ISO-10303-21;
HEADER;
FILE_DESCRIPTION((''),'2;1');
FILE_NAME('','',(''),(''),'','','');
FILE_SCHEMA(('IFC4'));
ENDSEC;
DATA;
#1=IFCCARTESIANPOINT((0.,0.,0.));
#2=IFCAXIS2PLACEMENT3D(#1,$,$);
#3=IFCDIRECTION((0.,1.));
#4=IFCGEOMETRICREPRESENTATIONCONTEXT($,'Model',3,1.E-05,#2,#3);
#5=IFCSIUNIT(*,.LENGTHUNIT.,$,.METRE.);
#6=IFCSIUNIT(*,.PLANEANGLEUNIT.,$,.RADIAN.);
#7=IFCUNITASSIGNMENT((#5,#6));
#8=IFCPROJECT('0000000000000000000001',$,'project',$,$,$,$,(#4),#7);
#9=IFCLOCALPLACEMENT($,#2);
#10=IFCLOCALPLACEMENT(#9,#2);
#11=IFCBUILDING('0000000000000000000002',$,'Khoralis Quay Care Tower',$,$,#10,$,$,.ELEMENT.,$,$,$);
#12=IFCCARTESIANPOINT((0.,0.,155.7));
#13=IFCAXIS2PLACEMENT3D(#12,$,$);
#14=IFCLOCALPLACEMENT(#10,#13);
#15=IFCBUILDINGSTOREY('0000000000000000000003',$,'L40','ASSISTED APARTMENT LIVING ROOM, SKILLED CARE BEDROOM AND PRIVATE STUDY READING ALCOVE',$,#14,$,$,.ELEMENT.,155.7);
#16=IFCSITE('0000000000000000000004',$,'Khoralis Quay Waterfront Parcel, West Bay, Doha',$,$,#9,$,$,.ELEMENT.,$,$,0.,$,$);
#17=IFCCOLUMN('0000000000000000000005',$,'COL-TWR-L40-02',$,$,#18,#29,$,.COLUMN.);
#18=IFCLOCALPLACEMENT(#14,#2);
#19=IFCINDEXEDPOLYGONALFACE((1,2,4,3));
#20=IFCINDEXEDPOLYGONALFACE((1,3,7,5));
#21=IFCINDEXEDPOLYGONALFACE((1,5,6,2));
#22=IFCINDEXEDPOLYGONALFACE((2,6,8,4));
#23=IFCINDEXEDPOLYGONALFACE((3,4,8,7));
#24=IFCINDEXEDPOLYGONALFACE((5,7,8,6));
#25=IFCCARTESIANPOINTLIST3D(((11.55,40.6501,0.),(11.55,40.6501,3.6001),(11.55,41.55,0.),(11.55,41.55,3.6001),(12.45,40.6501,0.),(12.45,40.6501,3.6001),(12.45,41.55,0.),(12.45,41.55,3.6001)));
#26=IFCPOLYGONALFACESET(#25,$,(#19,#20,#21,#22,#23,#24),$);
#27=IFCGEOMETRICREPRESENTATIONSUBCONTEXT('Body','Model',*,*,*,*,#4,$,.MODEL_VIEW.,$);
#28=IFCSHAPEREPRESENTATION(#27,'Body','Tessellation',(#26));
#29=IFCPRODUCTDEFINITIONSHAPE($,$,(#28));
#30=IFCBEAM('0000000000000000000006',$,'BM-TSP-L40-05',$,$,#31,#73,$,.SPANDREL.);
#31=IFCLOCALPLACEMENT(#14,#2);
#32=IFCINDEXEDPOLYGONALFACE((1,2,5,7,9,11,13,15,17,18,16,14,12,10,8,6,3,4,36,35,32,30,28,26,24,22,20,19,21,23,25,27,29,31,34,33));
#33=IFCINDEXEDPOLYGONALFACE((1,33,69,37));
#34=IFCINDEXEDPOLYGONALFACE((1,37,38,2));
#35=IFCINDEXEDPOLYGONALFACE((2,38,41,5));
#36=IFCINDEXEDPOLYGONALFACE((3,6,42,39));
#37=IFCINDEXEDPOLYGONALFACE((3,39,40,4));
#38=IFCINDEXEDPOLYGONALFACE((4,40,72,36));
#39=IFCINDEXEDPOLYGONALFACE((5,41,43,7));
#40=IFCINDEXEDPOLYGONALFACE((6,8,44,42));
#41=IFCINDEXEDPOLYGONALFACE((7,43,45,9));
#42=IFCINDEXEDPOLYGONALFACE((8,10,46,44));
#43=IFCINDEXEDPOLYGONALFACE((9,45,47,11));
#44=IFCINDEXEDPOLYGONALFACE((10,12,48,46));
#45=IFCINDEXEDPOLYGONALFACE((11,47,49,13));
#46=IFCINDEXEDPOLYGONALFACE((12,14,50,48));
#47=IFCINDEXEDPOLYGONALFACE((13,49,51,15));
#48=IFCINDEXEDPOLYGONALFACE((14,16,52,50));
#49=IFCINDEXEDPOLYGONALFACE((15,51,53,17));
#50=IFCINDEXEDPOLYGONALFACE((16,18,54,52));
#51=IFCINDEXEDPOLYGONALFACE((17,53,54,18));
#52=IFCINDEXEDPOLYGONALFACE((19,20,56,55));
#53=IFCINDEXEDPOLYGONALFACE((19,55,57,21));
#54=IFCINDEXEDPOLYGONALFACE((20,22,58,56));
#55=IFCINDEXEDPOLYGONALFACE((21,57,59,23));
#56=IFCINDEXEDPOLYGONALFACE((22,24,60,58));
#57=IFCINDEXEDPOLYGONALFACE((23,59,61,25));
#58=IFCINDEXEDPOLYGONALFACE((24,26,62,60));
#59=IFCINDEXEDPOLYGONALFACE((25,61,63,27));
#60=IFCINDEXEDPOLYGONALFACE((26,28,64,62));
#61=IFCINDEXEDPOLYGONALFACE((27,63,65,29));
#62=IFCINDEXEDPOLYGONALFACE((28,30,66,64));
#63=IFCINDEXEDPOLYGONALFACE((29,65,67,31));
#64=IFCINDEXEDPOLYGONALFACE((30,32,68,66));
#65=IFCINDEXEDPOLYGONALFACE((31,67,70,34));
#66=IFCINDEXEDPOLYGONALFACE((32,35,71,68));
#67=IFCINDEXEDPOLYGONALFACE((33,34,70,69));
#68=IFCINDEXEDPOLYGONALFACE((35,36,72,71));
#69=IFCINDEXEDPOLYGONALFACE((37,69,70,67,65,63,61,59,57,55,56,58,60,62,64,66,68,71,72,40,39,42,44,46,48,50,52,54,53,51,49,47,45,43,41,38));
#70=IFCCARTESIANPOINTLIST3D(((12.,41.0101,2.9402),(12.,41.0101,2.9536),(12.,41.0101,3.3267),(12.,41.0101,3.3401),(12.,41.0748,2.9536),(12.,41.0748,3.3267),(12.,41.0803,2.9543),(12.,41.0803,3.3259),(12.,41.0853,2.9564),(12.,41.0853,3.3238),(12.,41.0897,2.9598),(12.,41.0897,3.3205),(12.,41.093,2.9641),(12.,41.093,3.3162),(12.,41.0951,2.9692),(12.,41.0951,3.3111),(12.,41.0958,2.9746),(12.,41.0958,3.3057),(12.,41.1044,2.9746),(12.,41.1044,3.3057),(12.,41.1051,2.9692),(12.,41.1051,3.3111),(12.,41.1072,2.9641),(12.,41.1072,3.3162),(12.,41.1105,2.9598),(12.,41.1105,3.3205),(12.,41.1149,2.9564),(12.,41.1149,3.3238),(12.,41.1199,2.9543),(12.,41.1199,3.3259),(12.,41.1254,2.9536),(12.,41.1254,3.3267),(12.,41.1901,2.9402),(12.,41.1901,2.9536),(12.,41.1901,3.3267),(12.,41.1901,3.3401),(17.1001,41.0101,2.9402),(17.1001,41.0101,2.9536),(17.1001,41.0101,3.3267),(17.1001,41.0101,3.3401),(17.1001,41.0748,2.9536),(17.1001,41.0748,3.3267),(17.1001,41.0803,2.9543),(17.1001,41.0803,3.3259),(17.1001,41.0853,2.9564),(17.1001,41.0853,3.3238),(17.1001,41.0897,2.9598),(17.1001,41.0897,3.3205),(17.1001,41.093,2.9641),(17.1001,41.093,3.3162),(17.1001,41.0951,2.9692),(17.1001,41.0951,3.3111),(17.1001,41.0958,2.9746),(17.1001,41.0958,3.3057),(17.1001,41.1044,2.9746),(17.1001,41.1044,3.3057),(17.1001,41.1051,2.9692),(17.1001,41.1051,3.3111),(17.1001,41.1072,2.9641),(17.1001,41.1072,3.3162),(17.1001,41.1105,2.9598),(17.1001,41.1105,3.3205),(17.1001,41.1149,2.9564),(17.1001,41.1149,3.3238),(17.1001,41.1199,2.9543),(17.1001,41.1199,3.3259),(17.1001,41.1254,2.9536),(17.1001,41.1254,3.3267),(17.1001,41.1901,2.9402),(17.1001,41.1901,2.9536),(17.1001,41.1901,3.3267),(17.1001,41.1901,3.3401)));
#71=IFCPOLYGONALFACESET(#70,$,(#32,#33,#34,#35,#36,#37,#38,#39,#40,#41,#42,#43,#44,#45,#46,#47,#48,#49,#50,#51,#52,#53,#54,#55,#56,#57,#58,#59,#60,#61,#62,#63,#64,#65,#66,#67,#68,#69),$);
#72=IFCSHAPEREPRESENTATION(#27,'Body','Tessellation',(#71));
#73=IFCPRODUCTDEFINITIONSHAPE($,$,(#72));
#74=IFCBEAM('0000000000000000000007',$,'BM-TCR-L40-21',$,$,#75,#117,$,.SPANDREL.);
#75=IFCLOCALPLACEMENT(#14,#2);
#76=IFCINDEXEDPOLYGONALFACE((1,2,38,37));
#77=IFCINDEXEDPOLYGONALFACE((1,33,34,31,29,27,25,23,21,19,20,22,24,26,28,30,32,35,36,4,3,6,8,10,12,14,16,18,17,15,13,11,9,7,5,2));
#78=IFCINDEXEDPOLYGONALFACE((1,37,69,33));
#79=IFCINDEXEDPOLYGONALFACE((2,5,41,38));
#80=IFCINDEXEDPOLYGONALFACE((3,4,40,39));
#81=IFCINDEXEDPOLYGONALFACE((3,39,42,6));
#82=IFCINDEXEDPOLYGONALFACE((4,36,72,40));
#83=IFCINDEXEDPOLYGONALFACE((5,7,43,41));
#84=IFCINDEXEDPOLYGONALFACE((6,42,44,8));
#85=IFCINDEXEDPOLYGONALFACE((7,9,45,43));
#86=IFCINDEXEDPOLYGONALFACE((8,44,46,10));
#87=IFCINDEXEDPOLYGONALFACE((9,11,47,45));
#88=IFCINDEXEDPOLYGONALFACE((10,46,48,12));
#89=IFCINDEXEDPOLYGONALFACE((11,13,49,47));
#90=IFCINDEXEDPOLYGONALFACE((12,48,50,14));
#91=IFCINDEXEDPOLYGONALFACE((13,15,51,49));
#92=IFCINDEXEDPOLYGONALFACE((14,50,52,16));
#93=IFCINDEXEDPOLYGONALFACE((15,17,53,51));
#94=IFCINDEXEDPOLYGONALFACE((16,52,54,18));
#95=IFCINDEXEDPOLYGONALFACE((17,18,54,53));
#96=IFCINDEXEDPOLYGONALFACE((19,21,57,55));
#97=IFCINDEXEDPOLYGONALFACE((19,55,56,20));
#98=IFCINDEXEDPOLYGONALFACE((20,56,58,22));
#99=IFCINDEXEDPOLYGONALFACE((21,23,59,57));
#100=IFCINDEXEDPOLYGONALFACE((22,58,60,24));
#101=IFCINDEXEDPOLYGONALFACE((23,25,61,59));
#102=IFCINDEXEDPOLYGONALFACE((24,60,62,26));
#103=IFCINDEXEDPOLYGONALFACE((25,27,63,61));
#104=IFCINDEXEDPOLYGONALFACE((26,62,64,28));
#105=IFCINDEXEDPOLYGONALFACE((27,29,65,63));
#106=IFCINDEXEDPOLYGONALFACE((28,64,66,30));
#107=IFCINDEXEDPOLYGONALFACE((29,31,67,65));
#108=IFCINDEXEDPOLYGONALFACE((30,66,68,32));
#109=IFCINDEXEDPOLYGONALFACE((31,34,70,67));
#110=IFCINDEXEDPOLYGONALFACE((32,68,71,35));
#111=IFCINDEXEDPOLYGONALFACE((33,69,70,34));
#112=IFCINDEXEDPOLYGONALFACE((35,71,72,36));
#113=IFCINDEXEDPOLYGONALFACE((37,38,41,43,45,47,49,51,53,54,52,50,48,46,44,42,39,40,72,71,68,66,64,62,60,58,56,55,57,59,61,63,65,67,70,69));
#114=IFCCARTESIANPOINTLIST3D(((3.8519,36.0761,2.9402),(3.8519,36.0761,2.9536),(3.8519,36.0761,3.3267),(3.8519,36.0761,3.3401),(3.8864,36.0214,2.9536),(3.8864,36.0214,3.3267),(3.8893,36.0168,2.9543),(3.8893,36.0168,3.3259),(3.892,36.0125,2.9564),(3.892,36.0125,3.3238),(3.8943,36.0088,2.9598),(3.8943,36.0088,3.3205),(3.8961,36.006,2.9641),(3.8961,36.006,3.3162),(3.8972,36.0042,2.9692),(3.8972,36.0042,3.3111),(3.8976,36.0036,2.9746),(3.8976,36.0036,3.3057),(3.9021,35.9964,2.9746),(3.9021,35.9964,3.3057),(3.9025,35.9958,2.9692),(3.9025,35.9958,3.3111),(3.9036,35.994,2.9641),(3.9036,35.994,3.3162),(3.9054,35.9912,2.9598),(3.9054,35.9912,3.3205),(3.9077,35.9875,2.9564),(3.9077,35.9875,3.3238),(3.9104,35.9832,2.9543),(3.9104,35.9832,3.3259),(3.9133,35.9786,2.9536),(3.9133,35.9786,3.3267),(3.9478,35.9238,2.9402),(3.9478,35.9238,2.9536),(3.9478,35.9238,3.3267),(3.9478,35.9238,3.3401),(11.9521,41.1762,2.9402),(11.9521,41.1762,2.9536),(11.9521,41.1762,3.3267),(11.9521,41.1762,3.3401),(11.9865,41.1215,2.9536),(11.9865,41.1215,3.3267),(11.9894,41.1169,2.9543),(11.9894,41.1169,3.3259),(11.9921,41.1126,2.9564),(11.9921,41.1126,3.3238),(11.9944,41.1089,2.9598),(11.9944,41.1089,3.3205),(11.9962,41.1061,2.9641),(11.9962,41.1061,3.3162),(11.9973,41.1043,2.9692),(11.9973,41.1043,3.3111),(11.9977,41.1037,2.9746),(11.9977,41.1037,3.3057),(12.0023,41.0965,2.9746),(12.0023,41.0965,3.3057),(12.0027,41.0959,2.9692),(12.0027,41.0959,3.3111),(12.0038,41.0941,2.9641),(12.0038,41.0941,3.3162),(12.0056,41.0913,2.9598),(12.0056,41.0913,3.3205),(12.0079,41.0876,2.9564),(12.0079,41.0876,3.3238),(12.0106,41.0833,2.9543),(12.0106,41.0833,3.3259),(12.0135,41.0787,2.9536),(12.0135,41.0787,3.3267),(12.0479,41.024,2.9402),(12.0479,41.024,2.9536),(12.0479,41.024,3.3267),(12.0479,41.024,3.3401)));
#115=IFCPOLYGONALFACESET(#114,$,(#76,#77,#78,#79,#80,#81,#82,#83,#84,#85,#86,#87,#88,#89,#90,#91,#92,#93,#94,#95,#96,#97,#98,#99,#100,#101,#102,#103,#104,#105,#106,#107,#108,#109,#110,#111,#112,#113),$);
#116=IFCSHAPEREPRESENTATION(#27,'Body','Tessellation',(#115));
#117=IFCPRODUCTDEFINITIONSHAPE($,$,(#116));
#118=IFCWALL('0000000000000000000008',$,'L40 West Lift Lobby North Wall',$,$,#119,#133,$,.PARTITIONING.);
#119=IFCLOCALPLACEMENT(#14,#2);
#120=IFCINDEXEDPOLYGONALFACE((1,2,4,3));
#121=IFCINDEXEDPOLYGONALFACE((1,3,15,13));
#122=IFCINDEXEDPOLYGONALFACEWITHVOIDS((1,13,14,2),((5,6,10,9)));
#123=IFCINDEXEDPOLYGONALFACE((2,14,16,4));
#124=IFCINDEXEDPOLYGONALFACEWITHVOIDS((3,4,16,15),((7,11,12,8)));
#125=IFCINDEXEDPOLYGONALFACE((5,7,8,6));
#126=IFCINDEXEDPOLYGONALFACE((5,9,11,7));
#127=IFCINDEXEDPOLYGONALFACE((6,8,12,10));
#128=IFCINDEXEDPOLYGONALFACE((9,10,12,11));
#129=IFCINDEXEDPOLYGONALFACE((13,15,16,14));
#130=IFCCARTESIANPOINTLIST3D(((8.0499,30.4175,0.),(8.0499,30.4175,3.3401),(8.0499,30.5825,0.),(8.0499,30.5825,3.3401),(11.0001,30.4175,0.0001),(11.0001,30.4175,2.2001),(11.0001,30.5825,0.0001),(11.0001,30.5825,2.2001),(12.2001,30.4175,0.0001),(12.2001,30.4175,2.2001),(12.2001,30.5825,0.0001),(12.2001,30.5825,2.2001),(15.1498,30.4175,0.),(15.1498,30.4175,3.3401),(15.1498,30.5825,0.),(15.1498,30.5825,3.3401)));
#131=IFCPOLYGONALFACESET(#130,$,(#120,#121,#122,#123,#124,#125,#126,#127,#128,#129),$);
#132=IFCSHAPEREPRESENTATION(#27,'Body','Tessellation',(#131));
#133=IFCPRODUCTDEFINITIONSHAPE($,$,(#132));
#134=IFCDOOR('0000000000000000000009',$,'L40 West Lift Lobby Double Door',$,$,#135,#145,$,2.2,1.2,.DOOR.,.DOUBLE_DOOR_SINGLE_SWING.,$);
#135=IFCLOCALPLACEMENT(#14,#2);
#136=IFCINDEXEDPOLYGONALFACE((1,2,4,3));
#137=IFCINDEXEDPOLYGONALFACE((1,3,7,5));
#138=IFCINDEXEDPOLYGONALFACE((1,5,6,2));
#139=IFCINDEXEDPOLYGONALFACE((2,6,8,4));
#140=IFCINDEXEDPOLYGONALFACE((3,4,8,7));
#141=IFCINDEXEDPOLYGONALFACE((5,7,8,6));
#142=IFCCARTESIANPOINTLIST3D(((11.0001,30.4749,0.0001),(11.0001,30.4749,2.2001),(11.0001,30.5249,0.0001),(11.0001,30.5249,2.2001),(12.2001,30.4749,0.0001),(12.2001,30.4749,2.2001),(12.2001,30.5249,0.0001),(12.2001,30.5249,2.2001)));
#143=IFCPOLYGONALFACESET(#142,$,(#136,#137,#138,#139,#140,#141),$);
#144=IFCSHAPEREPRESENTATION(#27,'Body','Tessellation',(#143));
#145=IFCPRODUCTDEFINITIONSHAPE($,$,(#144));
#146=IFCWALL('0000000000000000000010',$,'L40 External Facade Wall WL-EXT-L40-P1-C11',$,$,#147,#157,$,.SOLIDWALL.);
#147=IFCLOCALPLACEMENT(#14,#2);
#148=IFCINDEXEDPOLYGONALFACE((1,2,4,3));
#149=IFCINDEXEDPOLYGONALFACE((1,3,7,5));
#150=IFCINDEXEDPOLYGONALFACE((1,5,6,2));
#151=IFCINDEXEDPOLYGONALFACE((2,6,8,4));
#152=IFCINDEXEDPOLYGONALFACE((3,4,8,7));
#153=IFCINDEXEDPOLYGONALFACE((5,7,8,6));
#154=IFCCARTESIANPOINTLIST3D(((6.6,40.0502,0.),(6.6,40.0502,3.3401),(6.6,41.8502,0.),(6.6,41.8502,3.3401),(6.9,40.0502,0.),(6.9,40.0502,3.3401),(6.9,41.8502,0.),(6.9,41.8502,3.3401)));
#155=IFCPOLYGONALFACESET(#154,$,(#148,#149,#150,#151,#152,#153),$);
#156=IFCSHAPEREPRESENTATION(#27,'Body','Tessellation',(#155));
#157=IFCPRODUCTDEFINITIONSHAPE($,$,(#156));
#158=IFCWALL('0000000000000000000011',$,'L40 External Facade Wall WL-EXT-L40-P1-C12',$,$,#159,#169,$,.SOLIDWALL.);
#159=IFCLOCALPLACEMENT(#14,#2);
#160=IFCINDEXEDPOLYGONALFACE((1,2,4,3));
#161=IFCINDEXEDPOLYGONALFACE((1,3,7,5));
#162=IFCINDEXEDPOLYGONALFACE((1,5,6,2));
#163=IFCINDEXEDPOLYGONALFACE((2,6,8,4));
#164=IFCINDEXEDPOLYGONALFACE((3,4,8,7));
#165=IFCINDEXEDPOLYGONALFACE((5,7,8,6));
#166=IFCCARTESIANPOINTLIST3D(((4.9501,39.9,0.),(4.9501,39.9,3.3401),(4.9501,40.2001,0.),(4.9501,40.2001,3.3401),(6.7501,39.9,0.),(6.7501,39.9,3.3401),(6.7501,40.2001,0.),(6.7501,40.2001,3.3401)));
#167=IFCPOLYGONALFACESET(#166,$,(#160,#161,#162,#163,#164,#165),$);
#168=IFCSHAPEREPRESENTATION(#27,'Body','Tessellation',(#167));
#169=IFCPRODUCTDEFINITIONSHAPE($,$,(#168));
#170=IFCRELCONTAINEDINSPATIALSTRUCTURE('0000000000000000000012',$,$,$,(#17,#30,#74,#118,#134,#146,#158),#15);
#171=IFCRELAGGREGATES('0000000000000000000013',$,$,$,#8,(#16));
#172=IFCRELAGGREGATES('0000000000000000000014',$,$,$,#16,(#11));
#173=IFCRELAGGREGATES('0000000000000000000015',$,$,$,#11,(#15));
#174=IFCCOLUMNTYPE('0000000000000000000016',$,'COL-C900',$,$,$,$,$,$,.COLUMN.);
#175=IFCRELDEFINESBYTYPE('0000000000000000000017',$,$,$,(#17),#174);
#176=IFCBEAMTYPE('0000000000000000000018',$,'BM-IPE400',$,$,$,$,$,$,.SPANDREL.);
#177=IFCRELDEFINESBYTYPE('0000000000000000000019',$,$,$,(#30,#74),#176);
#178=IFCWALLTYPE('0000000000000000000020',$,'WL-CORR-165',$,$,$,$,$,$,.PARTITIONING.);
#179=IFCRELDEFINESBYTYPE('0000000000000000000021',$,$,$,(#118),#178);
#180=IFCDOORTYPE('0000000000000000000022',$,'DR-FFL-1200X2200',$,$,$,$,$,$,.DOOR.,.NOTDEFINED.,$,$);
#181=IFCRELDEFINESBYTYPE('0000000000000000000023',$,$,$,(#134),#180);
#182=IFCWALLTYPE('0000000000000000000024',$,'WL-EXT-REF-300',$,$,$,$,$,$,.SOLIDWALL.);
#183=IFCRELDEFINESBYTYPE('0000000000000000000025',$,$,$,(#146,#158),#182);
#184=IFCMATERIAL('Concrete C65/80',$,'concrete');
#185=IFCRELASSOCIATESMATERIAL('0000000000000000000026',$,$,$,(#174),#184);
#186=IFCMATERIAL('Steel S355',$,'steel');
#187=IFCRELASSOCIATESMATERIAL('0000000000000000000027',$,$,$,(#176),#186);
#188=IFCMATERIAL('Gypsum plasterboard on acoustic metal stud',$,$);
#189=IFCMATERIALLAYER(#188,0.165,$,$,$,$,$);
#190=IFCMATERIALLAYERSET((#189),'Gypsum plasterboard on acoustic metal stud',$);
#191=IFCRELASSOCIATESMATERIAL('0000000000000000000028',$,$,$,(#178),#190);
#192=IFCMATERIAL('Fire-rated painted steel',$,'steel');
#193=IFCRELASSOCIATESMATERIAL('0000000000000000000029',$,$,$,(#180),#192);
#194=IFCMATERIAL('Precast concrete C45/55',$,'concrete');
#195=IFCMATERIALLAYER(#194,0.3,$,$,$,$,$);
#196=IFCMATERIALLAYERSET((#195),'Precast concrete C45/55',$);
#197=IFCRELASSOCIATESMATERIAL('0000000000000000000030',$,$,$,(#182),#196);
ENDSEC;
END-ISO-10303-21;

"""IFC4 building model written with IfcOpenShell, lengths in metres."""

from ifc_helpers import new_model, si_unit, direction, frame, frame_2d, origin, origin_2d, place, context, subcontext, project, spatial, rectangle, i_section, extrude, source, transform, mapped, material, layer, layer_set, material_profile, profile_set, type_object, element, fill, save


model = new_model("IFC4")

# Units and contexts
model_context = context("Model", 3, precision=1e-05, world=origin(), true_north=direction((0.0, 1.0)))
body_context = subcontext(model_context, "Body", "Model", "MODEL_VIEW")
ifc_project = project(units=[si_unit("LENGTHUNIT", "METRE"), si_unit("PLANEANGLEUNIT", "RADIAN")], contexts=[model_context])

# Site, building, storey
site_placement = place(None, origin())
site = spatial("IfcSite", under=ifc_project, at=site_placement, Name="Khoralis Quay Waterfront Parcel, West Bay, Doha", CompositionType="ELEMENT", RefElevation=0.0)
building_placement = place(site_placement, origin())
building = spatial("IfcBuilding", under=site, at=building_placement, Name="Khoralis Quay Care Tower", CompositionType="ELEMENT")
storey_placement = place(building_placement, frame((0.0, 0.0, 155.7)))
storey = spatial("IfcBuildingStorey", under=building, at=storey_placement, Name="L40", Description="ASSISTED APARTMENT LIVING ROOM, SKILLED CARE BEDROOM AND PRIVATE STUDY READING ALCOVE", CompositionType="ELEMENT", Elevation=155.7)

# Column
ifc_material_1 = material(Name="Concrete C65/80", Category="concrete")
ifc_material_profile_1 = material_profile(ifc_material_1, rectangle(XDim=0.8999, YDim=0.8999, at=origin_2d()), Name="Concrete C65/80")
ifc_profile_set_1 = profile_set([ifc_material_profile_1], Name="Concrete C65/80")
column_type = type_object("IfcColumnType", Name="COL-C900", PredefinedType="COLUMN", material=ifc_profile_set_1)
shared_shape_1 = source(origin(), body_context, "Body", "SweptSolid", [
    extrude(rectangle(XDim=0.8999, YDim=0.8999, at=origin_2d()), origin(), (0.0, 0.0, 1.0), 3.6001),
])
column_placement = place(storey_placement, frame((12.0, 41.1001, 0.0), z_axis=(0.0, 0.0, 1.0), x_axis=(1.0, 0.0, 0.0)))
element("IfcColumn", 1, at=column_placement, inside=storey, type_object=column_type, Name="COL-TWR-L40-02", PredefinedType="COLUMN", context=body_context, shape_type="MappedRepresentation", body=[
    mapped(shared_shape_1, transform((0.0, 0.0, 0.0), scale=1.0)),
])

# Beams
ifc_material_2 = material(Name="Steel S355", Category="steel")
ifc_material_profile_2 = material_profile(ifc_material_2, i_section(OverallWidth=0.1799, OverallDepth=0.3999, WebThickness=0.0085, FlangeThickness=0.0134, FilletRadius=0.021, at=origin_2d()), Name="Steel S355")
ifc_profile_set_2 = profile_set([ifc_material_profile_2], Name="Steel S355")
beam_type = type_object("IfcBeamType", Name="BM-IPE400", PredefinedType="SPANDREL", material=ifc_profile_set_2)
shared_shape_2 = source(origin(), body_context, "Body", "SweptSolid", [
    extrude(i_section(OverallWidth=0.1799, OverallDepth=0.3999, WebThickness=0.0085, FlangeThickness=0.0134, FilletRadius=0.021, at=origin_2d()), origin(), (0.0, 0.0, 1.0), 5.1001),
])
beam_1_placement = place(storey_placement, frame((12.0, 41.1001, 3.1401), z_axis=(1.0, 0.0, 0.0), x_axis=(0.0, 1.0, 0.0)))
element("IfcBeam", 2, at=beam_1_placement, inside=storey, type_object=beam_type, Name="BM-TSP-L40-05", PredefinedType="SPANDREL", context=body_context, shape_type="MappedRepresentation", body=[
    mapped(shared_shape_2, transform((0.0, 0.0, 0.0), scale=1.0)),
])
shared_shape_3 = source(origin(), body_context, "Body", "SweptSolid", [
    extrude(i_section(OverallWidth=0.1799, OverallDepth=0.3999, WebThickness=0.0085, FlangeThickness=0.0134, FilletRadius=0.021, at=origin_2d()), origin(), (0.0, 0.0, 1.0), 9.572),
])
beam_2_placement = place(storey_placement, frame((12.0, 41.1001, 3.1401), z_axis=(-0.846231, -0.532816, 0.0), x_axis=(0.532816, -0.846231, 0.0)))
element("IfcBeam", 3, at=beam_2_placement, inside=storey, type_object=beam_type, Name="BM-TCR-L40-21", PredefinedType="SPANDREL", context=body_context, shape_type="MappedRepresentation", body=[
    mapped(shared_shape_3, transform((0.0, 0.0, 0.0), scale=1.0)),
])

# Wall, opening, door
ifc_material_3 = material(Name="Gypsum plasterboard on acoustic metal stud")
ifc_layer_1 = layer(ifc_material_3, 0.165)
ifc_layer_set_1 = layer_set([ifc_layer_1], Name="Gypsum plasterboard on acoustic metal stud")
wall_type_1 = type_object("IfcWallType", Name="WL-CORR-165", PredefinedType="PARTITIONING", material=ifc_layer_set_1)
wall_1_placement = place(storey_placement, frame((8.05, 30.5, 0.0), z_axis=(0.0, 0.0, 1.0), x_axis=(1.0, 0.0, 0.0)))
wall_1 = element("IfcWall", 4, at=wall_1_placement, inside=storey, type_object=wall_type_1, Name="L40 West Lift Lobby North Wall", PredefinedType="PARTITIONING", context=body_context, shape_type="SweptSolid", body=[
    extrude(rectangle(XDim=7.0999, YDim=0.165, at=frame_2d((3.5498, 0.0))), origin(), (0.0, 0.0, 1.0), 3.3401),
])
opening_1_placement = place(wall_1_placement, frame((2.95, 0.0, 0.0)))
opening_1 = element("IfcOpeningElement", 5, at=opening_1_placement, cuts=wall_1, PredefinedType="OPENING", context=body_context, shape_type="SweptSolid", body=[
    extrude(rectangle(XDim=1.2, YDim=2.2, at=frame_2d((0.6001, 1.1001))), frame((0.0, 0.0925, 0.0), z_axis=(0.0, -1.0, 0.0), x_axis=(1.0, 0.0, 0.0)), (0.0, 0.0, 1.0), 0.1851),
])
ifc_material_4 = material(Name="Fire-rated painted steel", Category="steel")
door_type_1 = type_object("IfcDoorType", Name="DR-FFL-1200X2200", OperationType="NOTDEFINED", PredefinedType="DOOR", material=ifc_material_4)
shared_shape_4 = source(origin(), body_context, "Body", "SweptSolid", [
    extrude(rectangle(XDim=1.2, YDim=2.2, at=frame_2d((0.6001, 1.1001))), frame((0.0, 0.0249, 0.0), z_axis=(0.0, -1.0, 0.0), x_axis=(1.0, 0.0, 0.0)), (0.0, 0.0, 1.0), 0.05),
])
door_1_placement = place(opening_1_placement, origin())
door_1 = element("IfcDoor", 6, at=door_1_placement, inside=storey, type_object=door_type_1, Name="L40 West Lift Lobby Double Door", OperationType="DOUBLE_DOOR_SINGLE_SWING", OverallHeight=2.2, OverallWidth=1.2, PredefinedType="DOOR", context=body_context, shape_type="MappedRepresentation", body=[
    mapped(shared_shape_4, transform((0.0, 0.0, 0.0), scale=1.0)),
])
fill(opening_1, door_1)

# Walls
ifc_material_5 = material(Name="Precast concrete C45/55", Category="concrete")
ifc_layer_2 = layer(ifc_material_5, 0.3)
ifc_layer_set_2 = layer_set([ifc_layer_2], Name="Precast concrete C45/55")
wall_type_2 = type_object("IfcWallType", Name="WL-EXT-REF-300", PredefinedType="SOLIDWALL", material=ifc_layer_set_2)
for number, where, z_axis, x_axis, name in (
    (7, (6.75, 41.8501, 0.0), (0.0, 0.0, 1.0), (0.0, -1.0, 0.0), "L40 External Facade Wall WL-EXT-L40-P1-C11"),
    (8, (6.75, 40.05, 0.0), (0.0, 0.0, 1.0), (-1.0, 0.0, 0.0), "L40 External Facade Wall WL-EXT-L40-P1-C12"),
):
    element("IfcWall", number, at=place(storey_placement, frame(where, z_axis=z_axis, x_axis=x_axis)), inside=storey, type_object=wall_type_2, Name=name, PredefinedType="SOLIDWALL", context=body_context, shape_type="SweptSolid", body=[
        extrude(rectangle(XDim=1.8, YDim=0.3, at=frame_2d((0.8999, 0.0))), origin(), (0.0, 0.0, 1.0), 3.3401),
    ])

save(model, "model.ifc")
